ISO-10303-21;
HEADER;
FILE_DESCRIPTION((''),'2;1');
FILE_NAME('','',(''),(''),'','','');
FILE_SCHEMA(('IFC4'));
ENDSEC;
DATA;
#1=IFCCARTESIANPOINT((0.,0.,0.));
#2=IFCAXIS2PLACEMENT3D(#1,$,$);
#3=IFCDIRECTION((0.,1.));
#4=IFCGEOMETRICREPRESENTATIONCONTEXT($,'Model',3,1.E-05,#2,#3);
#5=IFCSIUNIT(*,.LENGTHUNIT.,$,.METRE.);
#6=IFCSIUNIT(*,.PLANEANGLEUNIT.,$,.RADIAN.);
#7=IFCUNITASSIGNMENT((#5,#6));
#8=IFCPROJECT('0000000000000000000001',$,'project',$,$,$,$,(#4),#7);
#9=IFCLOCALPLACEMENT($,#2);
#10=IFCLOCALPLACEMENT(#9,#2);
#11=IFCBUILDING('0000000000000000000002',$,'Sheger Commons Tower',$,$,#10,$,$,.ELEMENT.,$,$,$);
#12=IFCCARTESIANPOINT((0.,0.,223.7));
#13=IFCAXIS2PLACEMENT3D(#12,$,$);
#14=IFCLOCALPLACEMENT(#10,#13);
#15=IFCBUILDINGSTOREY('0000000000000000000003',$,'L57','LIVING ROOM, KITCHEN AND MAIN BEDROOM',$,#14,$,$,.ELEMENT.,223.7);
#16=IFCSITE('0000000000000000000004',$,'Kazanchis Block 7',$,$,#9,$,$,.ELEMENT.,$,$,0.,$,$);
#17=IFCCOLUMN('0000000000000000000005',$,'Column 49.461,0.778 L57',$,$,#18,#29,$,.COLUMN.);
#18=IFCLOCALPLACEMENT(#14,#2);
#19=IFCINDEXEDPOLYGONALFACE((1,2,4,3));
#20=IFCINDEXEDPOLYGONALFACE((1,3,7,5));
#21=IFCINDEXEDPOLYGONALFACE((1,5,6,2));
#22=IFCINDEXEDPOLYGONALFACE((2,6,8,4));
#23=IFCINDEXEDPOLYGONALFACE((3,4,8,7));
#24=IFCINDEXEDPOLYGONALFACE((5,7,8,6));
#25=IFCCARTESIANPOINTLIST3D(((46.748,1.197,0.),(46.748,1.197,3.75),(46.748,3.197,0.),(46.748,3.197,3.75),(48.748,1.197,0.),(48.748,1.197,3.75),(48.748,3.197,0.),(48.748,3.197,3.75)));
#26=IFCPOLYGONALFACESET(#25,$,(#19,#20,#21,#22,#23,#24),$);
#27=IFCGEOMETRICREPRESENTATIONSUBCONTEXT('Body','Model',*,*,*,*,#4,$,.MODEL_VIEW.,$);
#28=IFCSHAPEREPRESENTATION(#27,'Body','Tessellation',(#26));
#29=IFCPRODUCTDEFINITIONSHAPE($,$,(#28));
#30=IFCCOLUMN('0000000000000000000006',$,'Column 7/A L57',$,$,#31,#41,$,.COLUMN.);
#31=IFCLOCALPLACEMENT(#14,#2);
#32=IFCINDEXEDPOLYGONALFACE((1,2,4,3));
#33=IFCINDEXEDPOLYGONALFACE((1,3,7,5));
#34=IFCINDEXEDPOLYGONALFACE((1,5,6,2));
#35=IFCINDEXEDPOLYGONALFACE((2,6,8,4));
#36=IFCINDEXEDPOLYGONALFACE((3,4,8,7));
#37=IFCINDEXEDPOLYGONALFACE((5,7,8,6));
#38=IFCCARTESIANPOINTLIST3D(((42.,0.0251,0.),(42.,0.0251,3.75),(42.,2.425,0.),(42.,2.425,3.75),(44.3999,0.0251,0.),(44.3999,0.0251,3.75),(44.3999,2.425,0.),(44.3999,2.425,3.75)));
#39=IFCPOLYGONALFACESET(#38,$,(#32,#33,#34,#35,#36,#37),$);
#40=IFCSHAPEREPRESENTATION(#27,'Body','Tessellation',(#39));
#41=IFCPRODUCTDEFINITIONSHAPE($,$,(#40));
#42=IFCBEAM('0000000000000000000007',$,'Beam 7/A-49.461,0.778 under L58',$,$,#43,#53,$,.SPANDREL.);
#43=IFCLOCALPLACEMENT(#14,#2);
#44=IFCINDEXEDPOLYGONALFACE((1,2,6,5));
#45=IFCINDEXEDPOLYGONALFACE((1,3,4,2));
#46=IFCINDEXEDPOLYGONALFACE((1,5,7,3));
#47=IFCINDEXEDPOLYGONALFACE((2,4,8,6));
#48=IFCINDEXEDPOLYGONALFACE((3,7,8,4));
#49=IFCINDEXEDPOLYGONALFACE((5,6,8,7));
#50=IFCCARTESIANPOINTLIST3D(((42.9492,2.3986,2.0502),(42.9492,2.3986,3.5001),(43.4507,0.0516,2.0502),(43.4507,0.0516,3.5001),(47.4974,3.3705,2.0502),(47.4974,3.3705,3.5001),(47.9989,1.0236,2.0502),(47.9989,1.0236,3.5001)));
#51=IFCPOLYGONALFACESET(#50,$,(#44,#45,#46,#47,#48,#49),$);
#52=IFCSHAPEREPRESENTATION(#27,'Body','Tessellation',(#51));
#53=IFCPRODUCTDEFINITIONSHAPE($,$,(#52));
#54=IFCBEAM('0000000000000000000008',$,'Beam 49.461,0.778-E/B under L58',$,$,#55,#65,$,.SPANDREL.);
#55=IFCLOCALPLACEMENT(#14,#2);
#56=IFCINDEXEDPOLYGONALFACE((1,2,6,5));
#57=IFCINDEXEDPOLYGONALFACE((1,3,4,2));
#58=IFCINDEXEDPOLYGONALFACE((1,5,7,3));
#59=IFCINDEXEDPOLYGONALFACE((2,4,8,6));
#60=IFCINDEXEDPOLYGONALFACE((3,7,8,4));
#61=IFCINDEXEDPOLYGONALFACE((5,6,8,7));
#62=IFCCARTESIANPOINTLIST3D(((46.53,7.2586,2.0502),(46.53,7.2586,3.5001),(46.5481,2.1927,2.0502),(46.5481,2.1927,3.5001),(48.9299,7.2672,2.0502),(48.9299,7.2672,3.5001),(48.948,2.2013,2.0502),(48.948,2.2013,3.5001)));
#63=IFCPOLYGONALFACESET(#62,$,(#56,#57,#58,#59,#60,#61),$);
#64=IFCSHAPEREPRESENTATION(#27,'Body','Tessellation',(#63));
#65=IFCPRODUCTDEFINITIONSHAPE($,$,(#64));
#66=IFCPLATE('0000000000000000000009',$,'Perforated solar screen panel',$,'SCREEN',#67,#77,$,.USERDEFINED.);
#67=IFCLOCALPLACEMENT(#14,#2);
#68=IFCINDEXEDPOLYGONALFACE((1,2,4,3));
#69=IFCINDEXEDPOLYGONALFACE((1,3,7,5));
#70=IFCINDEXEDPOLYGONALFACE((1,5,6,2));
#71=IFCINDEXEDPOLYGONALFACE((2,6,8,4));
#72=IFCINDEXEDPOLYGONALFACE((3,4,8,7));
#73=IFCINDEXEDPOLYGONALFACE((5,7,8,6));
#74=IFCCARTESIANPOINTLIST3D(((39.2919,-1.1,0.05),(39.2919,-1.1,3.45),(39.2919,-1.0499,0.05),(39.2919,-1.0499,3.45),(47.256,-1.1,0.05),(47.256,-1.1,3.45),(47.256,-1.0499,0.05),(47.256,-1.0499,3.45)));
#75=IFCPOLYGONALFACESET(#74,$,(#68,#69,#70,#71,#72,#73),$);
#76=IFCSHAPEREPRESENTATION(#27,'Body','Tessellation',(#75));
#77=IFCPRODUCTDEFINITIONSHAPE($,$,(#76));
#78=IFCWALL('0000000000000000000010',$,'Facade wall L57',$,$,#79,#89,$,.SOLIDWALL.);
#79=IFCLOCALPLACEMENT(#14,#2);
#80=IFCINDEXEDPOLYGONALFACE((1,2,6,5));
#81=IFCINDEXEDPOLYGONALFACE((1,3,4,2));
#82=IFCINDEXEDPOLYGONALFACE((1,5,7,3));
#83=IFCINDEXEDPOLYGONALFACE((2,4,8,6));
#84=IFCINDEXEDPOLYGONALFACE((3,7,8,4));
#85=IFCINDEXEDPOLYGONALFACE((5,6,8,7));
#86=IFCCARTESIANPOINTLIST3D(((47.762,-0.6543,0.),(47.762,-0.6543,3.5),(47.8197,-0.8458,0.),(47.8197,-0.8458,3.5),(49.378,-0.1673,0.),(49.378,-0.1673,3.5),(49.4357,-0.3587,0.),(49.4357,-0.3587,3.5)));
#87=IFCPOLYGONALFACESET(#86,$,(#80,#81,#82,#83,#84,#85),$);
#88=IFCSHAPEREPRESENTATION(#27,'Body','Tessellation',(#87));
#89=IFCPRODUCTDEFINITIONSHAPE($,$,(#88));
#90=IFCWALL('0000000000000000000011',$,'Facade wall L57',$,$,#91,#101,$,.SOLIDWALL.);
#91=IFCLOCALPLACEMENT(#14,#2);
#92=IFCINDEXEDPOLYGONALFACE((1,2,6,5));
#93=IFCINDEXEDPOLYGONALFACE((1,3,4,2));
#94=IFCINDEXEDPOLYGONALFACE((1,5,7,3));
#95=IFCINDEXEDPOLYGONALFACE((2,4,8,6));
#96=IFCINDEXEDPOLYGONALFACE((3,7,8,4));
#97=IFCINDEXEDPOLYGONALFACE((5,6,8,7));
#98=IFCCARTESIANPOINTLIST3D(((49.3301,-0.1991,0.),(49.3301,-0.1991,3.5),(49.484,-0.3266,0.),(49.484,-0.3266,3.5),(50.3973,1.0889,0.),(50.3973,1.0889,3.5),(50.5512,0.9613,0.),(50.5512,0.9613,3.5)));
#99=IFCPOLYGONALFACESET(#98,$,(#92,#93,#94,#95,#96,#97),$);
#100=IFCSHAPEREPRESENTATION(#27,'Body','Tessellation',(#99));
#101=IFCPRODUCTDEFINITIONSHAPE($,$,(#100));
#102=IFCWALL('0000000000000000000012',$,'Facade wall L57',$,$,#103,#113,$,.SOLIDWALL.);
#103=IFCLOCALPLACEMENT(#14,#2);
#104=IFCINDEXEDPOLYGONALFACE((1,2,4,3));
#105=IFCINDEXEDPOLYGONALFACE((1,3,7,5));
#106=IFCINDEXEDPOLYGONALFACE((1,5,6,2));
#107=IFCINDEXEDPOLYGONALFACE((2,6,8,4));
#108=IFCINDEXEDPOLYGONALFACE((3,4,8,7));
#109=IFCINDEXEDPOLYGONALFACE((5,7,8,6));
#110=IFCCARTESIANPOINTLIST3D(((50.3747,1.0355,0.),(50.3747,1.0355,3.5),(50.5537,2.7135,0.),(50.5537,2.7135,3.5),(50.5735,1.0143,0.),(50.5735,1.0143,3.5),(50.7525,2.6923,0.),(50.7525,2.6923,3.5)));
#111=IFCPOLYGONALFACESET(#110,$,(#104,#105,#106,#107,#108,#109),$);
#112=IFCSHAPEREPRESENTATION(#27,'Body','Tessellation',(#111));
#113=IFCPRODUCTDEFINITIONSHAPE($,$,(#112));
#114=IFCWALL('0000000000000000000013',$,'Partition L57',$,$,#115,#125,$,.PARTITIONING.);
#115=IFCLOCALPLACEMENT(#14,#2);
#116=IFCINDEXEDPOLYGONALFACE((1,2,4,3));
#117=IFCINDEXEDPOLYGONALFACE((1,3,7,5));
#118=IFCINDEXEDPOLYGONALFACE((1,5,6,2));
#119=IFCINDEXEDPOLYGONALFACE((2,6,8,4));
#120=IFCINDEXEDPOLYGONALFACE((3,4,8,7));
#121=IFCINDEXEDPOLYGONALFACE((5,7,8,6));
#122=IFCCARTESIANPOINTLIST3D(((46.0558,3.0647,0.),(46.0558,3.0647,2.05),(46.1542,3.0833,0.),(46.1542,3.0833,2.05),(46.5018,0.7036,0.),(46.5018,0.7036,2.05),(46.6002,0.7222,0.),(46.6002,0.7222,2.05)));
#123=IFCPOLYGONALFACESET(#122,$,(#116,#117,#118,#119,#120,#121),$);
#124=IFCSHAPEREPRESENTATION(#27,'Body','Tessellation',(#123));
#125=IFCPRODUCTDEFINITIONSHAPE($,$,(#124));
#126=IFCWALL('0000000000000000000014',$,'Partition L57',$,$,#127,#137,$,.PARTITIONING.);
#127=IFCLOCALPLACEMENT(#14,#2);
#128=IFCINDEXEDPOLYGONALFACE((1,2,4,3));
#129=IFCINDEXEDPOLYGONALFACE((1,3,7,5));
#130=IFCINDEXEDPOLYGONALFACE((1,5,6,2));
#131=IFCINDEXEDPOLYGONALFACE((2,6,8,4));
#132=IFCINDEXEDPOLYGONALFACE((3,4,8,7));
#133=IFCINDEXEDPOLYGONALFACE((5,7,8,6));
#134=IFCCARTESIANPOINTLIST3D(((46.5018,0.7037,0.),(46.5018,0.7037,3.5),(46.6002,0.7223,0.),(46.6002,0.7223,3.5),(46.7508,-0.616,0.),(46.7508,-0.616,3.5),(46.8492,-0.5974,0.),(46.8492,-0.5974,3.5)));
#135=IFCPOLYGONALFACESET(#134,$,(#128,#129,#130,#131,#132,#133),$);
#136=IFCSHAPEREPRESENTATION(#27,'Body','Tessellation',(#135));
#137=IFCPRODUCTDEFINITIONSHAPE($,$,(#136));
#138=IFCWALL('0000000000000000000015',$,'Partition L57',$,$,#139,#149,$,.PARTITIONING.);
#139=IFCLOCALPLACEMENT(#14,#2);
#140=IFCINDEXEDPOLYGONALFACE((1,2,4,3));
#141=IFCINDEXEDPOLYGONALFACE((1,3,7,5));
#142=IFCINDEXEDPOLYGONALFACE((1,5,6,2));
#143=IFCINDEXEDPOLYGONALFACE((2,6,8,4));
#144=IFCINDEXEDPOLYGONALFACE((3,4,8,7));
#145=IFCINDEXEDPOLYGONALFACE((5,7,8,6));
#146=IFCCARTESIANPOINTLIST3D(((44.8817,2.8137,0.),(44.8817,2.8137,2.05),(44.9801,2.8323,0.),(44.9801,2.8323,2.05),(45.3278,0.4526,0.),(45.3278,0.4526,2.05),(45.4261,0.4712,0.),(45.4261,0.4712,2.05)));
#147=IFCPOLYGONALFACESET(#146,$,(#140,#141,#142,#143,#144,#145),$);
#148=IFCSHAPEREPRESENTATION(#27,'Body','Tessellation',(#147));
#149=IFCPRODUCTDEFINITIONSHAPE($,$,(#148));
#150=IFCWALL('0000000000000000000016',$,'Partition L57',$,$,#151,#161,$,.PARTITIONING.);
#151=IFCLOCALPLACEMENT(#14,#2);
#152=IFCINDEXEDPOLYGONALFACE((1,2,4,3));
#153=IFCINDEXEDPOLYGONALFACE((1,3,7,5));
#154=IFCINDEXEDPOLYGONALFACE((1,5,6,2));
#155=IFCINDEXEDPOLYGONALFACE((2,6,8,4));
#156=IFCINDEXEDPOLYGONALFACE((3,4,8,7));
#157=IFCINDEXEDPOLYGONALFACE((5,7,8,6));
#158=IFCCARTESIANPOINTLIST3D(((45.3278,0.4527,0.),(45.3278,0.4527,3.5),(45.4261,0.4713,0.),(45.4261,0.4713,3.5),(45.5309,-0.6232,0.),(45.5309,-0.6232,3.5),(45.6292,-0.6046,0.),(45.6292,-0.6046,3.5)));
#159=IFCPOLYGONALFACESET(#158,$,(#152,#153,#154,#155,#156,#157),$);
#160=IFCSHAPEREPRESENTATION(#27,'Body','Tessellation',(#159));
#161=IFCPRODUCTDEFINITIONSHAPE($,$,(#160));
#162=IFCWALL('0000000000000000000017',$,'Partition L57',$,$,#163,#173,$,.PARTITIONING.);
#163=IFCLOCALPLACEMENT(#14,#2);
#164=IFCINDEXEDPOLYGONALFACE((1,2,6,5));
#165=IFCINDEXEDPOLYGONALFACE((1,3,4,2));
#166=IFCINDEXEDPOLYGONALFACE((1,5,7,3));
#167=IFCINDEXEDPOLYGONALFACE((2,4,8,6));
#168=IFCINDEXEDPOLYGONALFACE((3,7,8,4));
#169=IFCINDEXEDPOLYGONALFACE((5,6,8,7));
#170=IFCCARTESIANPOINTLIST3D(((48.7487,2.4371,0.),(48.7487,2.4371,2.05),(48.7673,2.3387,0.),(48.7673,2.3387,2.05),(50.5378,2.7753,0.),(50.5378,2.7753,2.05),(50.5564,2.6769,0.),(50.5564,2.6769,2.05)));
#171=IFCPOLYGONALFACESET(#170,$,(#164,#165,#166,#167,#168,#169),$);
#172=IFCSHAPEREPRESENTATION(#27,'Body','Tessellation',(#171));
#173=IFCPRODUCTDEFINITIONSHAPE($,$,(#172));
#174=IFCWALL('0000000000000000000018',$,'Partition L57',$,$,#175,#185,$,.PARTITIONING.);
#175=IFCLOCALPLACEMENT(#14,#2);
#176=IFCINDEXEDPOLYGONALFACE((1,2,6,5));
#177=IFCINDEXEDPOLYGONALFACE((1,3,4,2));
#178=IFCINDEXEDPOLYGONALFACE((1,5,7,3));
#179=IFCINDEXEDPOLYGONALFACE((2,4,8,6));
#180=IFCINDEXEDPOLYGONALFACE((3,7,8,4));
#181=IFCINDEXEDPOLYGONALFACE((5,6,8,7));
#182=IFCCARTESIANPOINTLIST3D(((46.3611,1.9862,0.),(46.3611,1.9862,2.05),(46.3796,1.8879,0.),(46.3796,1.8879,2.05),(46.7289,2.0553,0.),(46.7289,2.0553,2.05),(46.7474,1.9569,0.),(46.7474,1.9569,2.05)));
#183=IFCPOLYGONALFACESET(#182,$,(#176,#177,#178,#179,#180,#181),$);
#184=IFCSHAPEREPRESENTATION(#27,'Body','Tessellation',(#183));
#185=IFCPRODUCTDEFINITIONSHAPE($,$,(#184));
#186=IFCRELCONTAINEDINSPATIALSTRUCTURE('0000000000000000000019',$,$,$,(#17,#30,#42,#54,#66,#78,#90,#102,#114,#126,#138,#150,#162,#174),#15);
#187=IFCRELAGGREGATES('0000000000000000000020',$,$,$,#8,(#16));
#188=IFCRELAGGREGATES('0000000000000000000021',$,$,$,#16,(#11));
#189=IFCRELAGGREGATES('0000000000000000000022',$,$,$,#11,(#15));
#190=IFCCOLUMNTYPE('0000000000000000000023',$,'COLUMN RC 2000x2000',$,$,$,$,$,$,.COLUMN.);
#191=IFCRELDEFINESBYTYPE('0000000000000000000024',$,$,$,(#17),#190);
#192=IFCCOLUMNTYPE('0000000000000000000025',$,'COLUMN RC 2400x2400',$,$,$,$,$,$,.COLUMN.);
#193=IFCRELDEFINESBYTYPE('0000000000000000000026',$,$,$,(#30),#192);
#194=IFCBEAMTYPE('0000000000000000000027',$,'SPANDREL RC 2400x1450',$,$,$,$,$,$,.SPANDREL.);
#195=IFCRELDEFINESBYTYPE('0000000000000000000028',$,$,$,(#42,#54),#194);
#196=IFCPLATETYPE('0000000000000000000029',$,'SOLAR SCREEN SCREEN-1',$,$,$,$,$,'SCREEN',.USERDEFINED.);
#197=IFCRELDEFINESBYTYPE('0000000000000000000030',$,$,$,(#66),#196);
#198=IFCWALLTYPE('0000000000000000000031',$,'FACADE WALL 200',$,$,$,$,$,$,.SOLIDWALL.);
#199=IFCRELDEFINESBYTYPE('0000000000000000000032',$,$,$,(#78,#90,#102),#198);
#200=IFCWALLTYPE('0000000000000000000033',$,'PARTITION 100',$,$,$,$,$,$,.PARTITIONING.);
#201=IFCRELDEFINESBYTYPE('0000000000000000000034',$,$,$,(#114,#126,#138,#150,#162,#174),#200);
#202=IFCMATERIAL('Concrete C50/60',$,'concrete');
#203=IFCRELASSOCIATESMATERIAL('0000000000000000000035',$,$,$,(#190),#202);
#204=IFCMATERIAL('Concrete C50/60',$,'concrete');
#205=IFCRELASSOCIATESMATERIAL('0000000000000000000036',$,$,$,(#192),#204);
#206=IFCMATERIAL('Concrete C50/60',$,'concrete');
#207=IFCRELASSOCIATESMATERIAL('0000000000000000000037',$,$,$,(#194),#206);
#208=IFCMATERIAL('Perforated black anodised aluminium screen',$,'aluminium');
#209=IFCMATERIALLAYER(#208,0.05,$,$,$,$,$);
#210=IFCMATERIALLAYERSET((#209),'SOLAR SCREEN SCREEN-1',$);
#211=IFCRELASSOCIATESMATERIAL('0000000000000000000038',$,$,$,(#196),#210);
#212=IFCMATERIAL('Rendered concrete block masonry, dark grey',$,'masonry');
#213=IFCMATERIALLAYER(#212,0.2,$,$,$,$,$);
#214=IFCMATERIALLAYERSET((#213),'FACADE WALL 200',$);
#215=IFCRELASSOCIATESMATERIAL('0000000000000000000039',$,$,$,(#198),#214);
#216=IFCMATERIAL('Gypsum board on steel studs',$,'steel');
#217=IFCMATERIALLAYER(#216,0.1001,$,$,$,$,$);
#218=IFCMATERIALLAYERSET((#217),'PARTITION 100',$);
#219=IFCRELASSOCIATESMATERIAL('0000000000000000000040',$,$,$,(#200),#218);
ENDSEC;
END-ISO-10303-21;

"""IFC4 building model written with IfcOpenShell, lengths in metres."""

from ifc_helpers import new_model, si_unit, direction, frame, frame_2d, origin, origin_2d, place, context, subcontext, project, spatial, rectangle, extrude, material, layer, layer_set, material_profile, profile_set, type_object, element, save


model = new_model("IFC4")

# Units and contexts
model_context = context("Model", 3, precision=1e-05, world=origin(), true_north=direction((0.0, 1.0)))
body_context = subcontext(model_context, "Body", "Model", "MODEL_VIEW")
ifc_project = project(units=[si_unit("LENGTHUNIT", "METRE"), si_unit("PLANEANGLEUNIT", "RADIAN")], contexts=[model_context])

# Site, building, storey
site_placement = place(None, origin())
site = spatial("IfcSite", under=ifc_project, at=site_placement, Name="Kazanchis Block 7", CompositionType="ELEMENT", RefElevation=0.0)
building_placement = place(site_placement, origin())
building = spatial("IfcBuilding", under=site, at=building_placement, Name="Sheger Commons Tower", CompositionType="ELEMENT")
storey_placement = place(building_placement, frame((0.0, 0.0, 223.7)))
storey = spatial("IfcBuildingStorey", under=building, at=storey_placement, Name="L57", Description="LIVING ROOM, KITCHEN AND MAIN BEDROOM", CompositionType="ELEMENT", Elevation=223.7)

# Columns
ifc_material_1 = material(Name="Concrete C50/60", Category="concrete")
ifc_material_profile_1 = material_profile(ifc_material_1, rectangle(XDim=2.0, YDim=2.0, at=origin_2d()), Name="RC 2000x2000")
ifc_profile_set_1 = profile_set([ifc_material_profile_1], Name="Concrete C50/60")
column_type_1 = type_object("IfcColumnType", Name="COLUMN RC 2000x2000", PredefinedType="COLUMN", material=ifc_profile_set_1)
column_1_placement = place(storey_placement, frame((47.748, 2.197, 0.0), z_axis=(0.0, 0.0, 1.0), x_axis=(1.0, 0.0, 0.0)))
element("IfcColumn", 1, at=column_1_placement, inside=storey, type_object=column_type_1, Name="Column 49.461,0.778 L57", PredefinedType="COLUMN", context=body_context, shape_type="SweptSolid", body=[
    extrude(rectangle(XDim=2.0, YDim=2.0, at=origin_2d()), origin(), (0.0, 0.0, 1.0), 3.75),
])
ifc_material_2 = material(Name="Concrete C50/60", Category="concrete")
ifc_material_profile_2 = material_profile(ifc_material_2, rectangle(XDim=2.3999, YDim=2.3999, at=origin_2d()), Name="RC 2400x2400")
ifc_profile_set_2 = profile_set([ifc_material_profile_2], Name="Concrete C50/60")
column_type_2 = type_object("IfcColumnType", Name="COLUMN RC 2400x2400", PredefinedType="COLUMN", material=ifc_profile_set_2)
column_2_placement = place(storey_placement, frame((43.2, 1.2251, 0.0), z_axis=(0.0, 0.0, 1.0), x_axis=(1.0, 0.0, 0.0)))
element("IfcColumn", 2, at=column_2_placement, inside=storey, type_object=column_type_2, Name="Column 7/A L57", PredefinedType="COLUMN", context=body_context, shape_type="SweptSolid", body=[
    extrude(rectangle(XDim=2.3999, YDim=2.3999, at=origin_2d()), origin(), (0.0, 0.0, 1.0), 3.75),
])

# Beams
ifc_material_3 = material(Name="Concrete C50/60", Category="concrete")
ifc_material_profile_3 = material_profile(ifc_material_3, rectangle(XDim=2.3999, YDim=1.45, at=origin_2d()), Name="RC 2400x1450")
ifc_profile_set_3 = profile_set([ifc_material_profile_3], Name="Concrete C50/60")
beam_type = type_object("IfcBeamType", Name="SPANDREL RC 2400x1450", PredefinedType="SPANDREL", material=ifc_profile_set_3)
beam_1_placement = place(storey_placement, frame((43.2, 1.2251, 2.7751), z_axis=(0.97792, 0.208981, 0.0), x_axis=(-0.208981, 0.97792, 0.0)))
element("IfcBeam", 3, at=beam_1_placement, inside=storey, type_object=beam_type, Name="Beam 7/A-49.461,0.778 under L58", PredefinedType="SPANDREL", context=body_context, shape_type="SweptSolid", body=[
    extrude(rectangle(XDim=2.3999, YDim=1.45, at=origin_2d()), origin(), (0.0, 0.0, 1.0), 4.6509),
])
beam_2_placement = place(storey_placement, frame((47.748, 2.197, 2.7751), z_axis=(-0.003566, 0.999994, 0.0), x_axis=(-0.999994, -0.003566, 0.0)))
element("IfcBeam", 4, at=beam_2_placement, inside=storey, type_object=beam_type, Name="Beam 49.461,0.778-E/B under L58", PredefinedType="SPANDREL", context=body_context, shape_type="SweptSolid", body=[
    extrude(rectangle(XDim=2.3999, YDim=1.45, at=origin_2d()), origin(), (0.0, 0.0, 1.0), 5.0659),
])

# Plate
ifc_material_4 = material(Name="Perforated black anodised aluminium screen", Category="aluminium")
ifc_layer_1 = layer(ifc_material_4, 0.05)
ifc_layer_set_1 = layer_set([ifc_layer_1], Name="SOLAR SCREEN SCREEN-1")
plate_type = type_object("IfcPlateType", Name="SOLAR SCREEN SCREEN-1", ElementType="SCREEN", PredefinedType="USERDEFINED", material=ifc_layer_set_1)
plate_placement = place(storey_placement, frame((43.2739, -1.075, 0.05), z_axis=(0.0, 0.0, 1.0), x_axis=(1.0, 0.0, 0.0)))
element("IfcPlate", 5, at=plate_placement, inside=storey, type_object=plate_type, Name="Perforated solar screen panel", ObjectType="SCREEN", PredefinedType="USERDEFINED", context=body_context, shape_type="SweptSolid", body=[
    extrude(rectangle(XDim=7.9641, YDim=0.05, at=origin_2d()), origin(), (0.0, 0.0, 1.0), 3.3999),
])

# Walls
ifc_material_5 = material(Name="Rendered concrete block masonry, dark grey", Category="masonry")
ifc_layer_2 = layer(ifc_material_5, 0.2)
ifc_layer_set_2 = layer_set([ifc_layer_2], Name="FACADE WALL 200")
wall_type_1 = type_object("IfcWallType", Name="FACADE WALL 200", PredefinedType="SOLIDWALL", material=ifc_layer_set_2)
wall_1_placement = place(storey_placement, frame((47.791, -0.75, 0.0), z_axis=(0.0, 0.0, 1.0), x_axis=(0.957455, 0.288582, 0.0)))
element("IfcWall", 6, at=wall_1_placement, inside=storey, type_object=wall_type_1, Name="Facade wall L57", PredefinedType="SOLIDWALL", context=body_context, shape_type="SweptSolid", body=[
    extrude(rectangle(XDim=1.6877, YDim=0.2, at=frame_2d((0.8438, 0.0))), origin(), (0.0, 0.0, 1.0), 3.5),
])
wall_2_placement = place(storey_placement, frame((49.407, -0.2629, 0.0), z_axis=(0.0, 0.0, 1.0), x_axis=(0.638043, 0.770001, 0.0)))
element("IfcWall", 7, at=wall_2_placement, inside=storey, type_object=wall_type_1, Name="Facade wall L57", PredefinedType="SOLIDWALL", context=body_context, shape_type="SweptSolid", body=[
    extrude(rectangle(XDim=1.6726, YDim=0.2, at=frame_2d((0.8364, 0.0))), origin(), (0.0, 0.0, 1.0), 3.5),
])
wall_3_placement = place(storey_placement, frame((50.4741, 1.0249, 0.0), z_axis=(0.0, 0.0, 1.0), x_axis=(0.106048, 0.994361, 0.0)))
element("IfcWall", 8, at=wall_3_placement, inside=storey, type_object=wall_type_1, Name="Facade wall L57", PredefinedType="SOLIDWALL", context=body_context, shape_type="SweptSolid", body=[
    extrude(rectangle(XDim=1.6875, YDim=0.2, at=frame_2d((0.8438, 0.0))), origin(), (0.0, 0.0, 1.0), 3.5),
])

# Walls
ifc_material_6 = material(Name="Gypsum board on steel studs", Category="steel")
ifc_layer_3 = layer(ifc_material_6, 0.1001)
ifc_layer_set_3 = layer_set([ifc_layer_3], Name="PARTITION 100")
wall_type_2 = type_object("IfcWallType", Name="PARTITION 100", PredefinedType="PARTITIONING", material=ifc_layer_set_3)
wall_4_placement = place(storey_placement, frame((46.105, 3.074, 0.0), z_axis=(0.0, 0.0, 1.0), x_axis=(0.185632, -0.982619, 0.0)))
element("IfcWall", 9, at=wall_4_placement, inside=storey, type_object=wall_type_2, Name="Partition L57", PredefinedType="PARTITIONING", context=body_context, shape_type="SweptSolid", body=[
    extrude(rectangle(XDim=2.4028, YDim=0.1001, at=frame_2d((1.2014, 0.0))), origin(), (0.0, 0.0, 1.0), 2.05),
])
wall_5_placement = place(storey_placement, frame((46.551, 0.7129, 0.0), z_axis=(0.0, 0.0, 1.0), x_axis=(0.185408, -0.982662, 0.0)))
element("IfcWall", 10, at=wall_5_placement, inside=storey, type_object=wall_type_2, Name="Partition L57", PredefinedType="PARTITIONING", context=body_context, shape_type="SweptSolid", body=[
    extrude(rectangle(XDim=1.343, YDim=0.1001, at=frame_2d((0.6714, 0.0))), origin(), (0.0, 0.0, 1.0), 3.5),
])
wall_6_placement = place(storey_placement, frame((44.9309, 2.823, 0.0), z_axis=(0.0, 0.0, 1.0), x_axis=(0.185632, -0.982619, 0.0)))
element("IfcWall", 11, at=wall_6_placement, inside=storey, type_object=wall_type_2, Name="Partition L57", PredefinedType="PARTITIONING", context=body_context, shape_type="SweptSolid", body=[
    extrude(rectangle(XDim=2.4028, YDim=0.1001, at=frame_2d((1.2014, 0.0))), origin(), (0.0, 0.0, 1.0), 2.05),
])
wall_7_placement = place(storey_placement, frame((45.377, 0.4619, 0.0), z_axis=(0.0, 0.0, 1.0), x_axis=(0.185513, -0.982642, 0.0)))
element("IfcWall", 12, at=wall_7_placement, inside=storey, type_object=wall_type_2, Name="Partition L57", PredefinedType="PARTITIONING", context=body_context, shape_type="SweptSolid", body=[
    extrude(rectangle(XDim=1.095, YDim=0.1001, at=frame_2d((0.5474, 0.0))), origin(), (0.0, 0.0, 1.0), 3.5),
])
wall_8_placement = place(storey_placement, frame((50.5471, 2.7261, 0.0), z_axis=(0.0, 0.0, 1.0), x_axis=(-0.982604, -0.185713, 0.0)))
element("IfcWall", 13, at=wall_8_placement, inside=storey, type_object=wall_type_2, Name="Partition L57", PredefinedType="PARTITIONING", context=body_context, shape_type="SweptSolid", body=[
    extrude(rectangle(XDim=1.8208, YDim=0.1001, at=frame_2d((0.9104, 0.0))), origin(), (0.0, 0.0, 1.0), 2.05),
])
wall_9_placement = place(storey_placement, frame((46.738, 2.0061, 0.0), z_axis=(0.0, 0.0, 1.0), x_axis=(-0.98282, -0.184564, 0.0)))
element("IfcWall", 14, at=wall_9_placement, inside=storey, type_object=wall_type_2, Name="Partition L57", PredefinedType="PARTITIONING", context=body_context, shape_type="SweptSolid", body=[
    extrude(rectangle(XDim=0.3743, YDim=0.1001, at=frame_2d((0.187, 0.0))), origin(), (0.0, 0.0, 1.0), 2.05),
])

save(model, "model.ifc")
